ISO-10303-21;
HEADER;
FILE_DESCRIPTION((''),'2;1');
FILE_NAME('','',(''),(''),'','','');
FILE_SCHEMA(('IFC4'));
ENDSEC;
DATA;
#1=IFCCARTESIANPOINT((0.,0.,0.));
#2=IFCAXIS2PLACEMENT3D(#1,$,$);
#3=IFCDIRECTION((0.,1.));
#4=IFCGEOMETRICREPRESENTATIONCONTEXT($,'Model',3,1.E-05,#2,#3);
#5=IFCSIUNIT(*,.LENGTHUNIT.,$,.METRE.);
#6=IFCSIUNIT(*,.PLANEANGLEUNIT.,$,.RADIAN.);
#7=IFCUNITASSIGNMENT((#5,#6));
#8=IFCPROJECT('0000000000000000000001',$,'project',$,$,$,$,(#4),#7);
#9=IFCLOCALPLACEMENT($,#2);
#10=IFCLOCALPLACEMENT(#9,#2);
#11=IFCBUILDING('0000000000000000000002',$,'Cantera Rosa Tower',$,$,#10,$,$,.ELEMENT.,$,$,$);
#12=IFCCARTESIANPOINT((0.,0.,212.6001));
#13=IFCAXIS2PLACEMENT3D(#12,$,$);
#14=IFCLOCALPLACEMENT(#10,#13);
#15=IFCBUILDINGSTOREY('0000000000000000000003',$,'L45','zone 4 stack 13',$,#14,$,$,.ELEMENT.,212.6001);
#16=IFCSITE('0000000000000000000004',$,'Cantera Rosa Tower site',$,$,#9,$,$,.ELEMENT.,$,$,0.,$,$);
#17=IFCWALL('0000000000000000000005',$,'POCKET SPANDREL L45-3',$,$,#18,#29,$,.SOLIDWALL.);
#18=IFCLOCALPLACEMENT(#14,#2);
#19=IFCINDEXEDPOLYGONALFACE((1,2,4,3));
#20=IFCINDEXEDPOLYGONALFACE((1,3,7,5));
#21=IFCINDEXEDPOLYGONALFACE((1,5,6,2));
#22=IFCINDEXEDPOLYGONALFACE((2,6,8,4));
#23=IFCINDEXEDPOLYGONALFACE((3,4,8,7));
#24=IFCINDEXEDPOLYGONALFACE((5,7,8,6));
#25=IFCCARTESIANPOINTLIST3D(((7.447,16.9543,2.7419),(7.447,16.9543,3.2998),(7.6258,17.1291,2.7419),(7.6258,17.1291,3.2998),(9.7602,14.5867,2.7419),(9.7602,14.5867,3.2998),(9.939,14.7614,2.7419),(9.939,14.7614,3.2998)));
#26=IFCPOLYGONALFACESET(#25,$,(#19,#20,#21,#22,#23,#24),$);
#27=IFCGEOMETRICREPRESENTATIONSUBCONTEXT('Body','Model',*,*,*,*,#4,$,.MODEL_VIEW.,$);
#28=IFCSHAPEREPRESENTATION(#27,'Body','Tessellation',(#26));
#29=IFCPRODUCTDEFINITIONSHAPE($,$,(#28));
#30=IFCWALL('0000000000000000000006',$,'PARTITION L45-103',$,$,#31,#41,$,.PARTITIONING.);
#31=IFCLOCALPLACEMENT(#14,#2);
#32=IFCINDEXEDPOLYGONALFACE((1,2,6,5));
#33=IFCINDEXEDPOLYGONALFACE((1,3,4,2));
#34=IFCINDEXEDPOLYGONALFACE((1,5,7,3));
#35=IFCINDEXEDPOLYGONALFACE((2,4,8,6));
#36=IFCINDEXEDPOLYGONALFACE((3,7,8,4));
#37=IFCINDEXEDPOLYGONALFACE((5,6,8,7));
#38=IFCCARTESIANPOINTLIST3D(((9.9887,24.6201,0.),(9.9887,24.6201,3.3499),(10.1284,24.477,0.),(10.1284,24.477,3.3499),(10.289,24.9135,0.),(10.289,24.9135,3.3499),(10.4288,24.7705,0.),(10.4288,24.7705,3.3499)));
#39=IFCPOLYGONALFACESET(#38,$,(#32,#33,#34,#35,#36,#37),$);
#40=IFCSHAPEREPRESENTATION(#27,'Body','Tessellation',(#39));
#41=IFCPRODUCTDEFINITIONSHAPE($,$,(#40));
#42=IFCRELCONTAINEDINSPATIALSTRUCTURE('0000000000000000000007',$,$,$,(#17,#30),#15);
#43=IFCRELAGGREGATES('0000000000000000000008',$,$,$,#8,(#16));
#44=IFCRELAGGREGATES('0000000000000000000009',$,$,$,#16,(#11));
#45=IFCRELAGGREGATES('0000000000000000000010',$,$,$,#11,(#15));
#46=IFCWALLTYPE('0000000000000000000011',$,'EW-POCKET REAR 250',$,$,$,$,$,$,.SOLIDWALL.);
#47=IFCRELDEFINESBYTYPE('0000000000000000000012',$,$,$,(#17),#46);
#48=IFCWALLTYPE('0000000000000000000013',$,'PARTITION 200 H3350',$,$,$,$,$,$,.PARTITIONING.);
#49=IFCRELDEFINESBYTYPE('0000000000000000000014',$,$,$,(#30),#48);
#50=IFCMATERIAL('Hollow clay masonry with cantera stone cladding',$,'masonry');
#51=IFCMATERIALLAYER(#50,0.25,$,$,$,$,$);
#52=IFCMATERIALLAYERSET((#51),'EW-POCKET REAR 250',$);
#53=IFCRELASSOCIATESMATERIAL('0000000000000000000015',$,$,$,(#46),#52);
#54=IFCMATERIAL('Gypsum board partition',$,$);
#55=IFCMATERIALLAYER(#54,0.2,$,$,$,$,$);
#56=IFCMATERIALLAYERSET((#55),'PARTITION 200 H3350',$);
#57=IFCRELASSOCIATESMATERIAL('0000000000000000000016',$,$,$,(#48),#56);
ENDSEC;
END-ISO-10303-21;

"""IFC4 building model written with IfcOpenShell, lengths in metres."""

from ifc_helpers import new_model, si_unit, direction, frame, frame_2d, origin, place, context, subcontext, project, spatial, rectangle, extrude, material, layer, layer_set, type_object, element, save


model = new_model("IFC4")

# Units and contexts
model_context = context("Model", 3, precision=1e-05, world=origin(), true_north=direction((0.0, 1.0)))
body_context = subcontext(model_context, "Body", "Model", "MODEL_VIEW")
ifc_project = project(units=[si_unit("LENGTHUNIT", "METRE"), si_unit("PLANEANGLEUNIT", "RADIAN")], contexts=[model_context])

# Site, building, storey
site_placement = place(None, origin())
site = spatial("IfcSite", under=ifc_project, at=site_placement, Name="Cantera Rosa Tower site", CompositionType="ELEMENT", RefElevation=0.0)
building_placement = place(site_placement, origin())
building = spatial("IfcBuilding", under=site, at=building_placement, Name="Cantera Rosa Tower", CompositionType="ELEMENT")
storey_placement = place(building_placement, frame((0.0, 0.0, 212.6001)))
storey = spatial("IfcBuildingStorey", under=building, at=storey_placement, Name="L45", Description="zone 4 stack 13", CompositionType="ELEMENT", Elevation=212.6001)

# Walls
ifc_material_1 = material(Name="Hollow clay masonry with cantera stone cladding", Category="masonry")
ifc_layer_1 = layer(ifc_material_1, 0.25)
ifc_layer_set_1 = layer_set([ifc_layer_1], Name="EW-POCKET REAR 250")
wall_type_1 = type_object("IfcWallType", Name="EW-POCKET REAR 250", PredefinedType="SOLIDWALL", material=ifc_layer_set_1)
wall_1_placement = place(storey_placement, frame((9.8496, 14.6741, 2.7419), z_axis=(0.0, 0.0, 1.0), x_axis=(-0.698835, 0.715283, 0.0)))
element("IfcWall", 1, at=wall_1_placement, inside=storey, type_object=wall_type_1, Name="POCKET SPANDREL L45-3", PredefinedType="SOLIDWALL", context=body_context, shape_type="SweptSolid", body=[
    extrude(rectangle(XDim=3.3101, YDim=0.25, at=frame_2d((1.655, 0.0))), origin(), (0.0, 0.0, 1.0), 0.5579),
])
ifc_material_2 = material(Name="Gypsum board partition")
ifc_layer_2 = layer(ifc_material_2, 0.2)
ifc_layer_set_2 = layer_set([ifc_layer_2], Name="PARTITION 200 H3350")
wall_type_2 = type_object("IfcWallType", Name="PARTITION 200 H3350", PredefinedType="PARTITIONING", material=ifc_layer_set_2)
wall_2_placement = place(storey_placement, frame((10.3589, 24.842, 0.0), z_axis=(0.0, 0.0, 1.0), x_axis=(-0.7152, -0.698919, 0.0)))
element("IfcWall", 2, at=wall_2_placement, inside=storey, type_object=wall_type_2, Name="PARTITION L45-103", PredefinedType="PARTITIONING", context=body_context, shape_type="SweptSolid", body=[
    extrude(rectangle(XDim=0.4199, YDim=0.2, at=frame_2d((0.21, 0.0))), origin(), (0.0, 0.0, 1.0), 3.3499),
])

save(model, "model.ifc")
